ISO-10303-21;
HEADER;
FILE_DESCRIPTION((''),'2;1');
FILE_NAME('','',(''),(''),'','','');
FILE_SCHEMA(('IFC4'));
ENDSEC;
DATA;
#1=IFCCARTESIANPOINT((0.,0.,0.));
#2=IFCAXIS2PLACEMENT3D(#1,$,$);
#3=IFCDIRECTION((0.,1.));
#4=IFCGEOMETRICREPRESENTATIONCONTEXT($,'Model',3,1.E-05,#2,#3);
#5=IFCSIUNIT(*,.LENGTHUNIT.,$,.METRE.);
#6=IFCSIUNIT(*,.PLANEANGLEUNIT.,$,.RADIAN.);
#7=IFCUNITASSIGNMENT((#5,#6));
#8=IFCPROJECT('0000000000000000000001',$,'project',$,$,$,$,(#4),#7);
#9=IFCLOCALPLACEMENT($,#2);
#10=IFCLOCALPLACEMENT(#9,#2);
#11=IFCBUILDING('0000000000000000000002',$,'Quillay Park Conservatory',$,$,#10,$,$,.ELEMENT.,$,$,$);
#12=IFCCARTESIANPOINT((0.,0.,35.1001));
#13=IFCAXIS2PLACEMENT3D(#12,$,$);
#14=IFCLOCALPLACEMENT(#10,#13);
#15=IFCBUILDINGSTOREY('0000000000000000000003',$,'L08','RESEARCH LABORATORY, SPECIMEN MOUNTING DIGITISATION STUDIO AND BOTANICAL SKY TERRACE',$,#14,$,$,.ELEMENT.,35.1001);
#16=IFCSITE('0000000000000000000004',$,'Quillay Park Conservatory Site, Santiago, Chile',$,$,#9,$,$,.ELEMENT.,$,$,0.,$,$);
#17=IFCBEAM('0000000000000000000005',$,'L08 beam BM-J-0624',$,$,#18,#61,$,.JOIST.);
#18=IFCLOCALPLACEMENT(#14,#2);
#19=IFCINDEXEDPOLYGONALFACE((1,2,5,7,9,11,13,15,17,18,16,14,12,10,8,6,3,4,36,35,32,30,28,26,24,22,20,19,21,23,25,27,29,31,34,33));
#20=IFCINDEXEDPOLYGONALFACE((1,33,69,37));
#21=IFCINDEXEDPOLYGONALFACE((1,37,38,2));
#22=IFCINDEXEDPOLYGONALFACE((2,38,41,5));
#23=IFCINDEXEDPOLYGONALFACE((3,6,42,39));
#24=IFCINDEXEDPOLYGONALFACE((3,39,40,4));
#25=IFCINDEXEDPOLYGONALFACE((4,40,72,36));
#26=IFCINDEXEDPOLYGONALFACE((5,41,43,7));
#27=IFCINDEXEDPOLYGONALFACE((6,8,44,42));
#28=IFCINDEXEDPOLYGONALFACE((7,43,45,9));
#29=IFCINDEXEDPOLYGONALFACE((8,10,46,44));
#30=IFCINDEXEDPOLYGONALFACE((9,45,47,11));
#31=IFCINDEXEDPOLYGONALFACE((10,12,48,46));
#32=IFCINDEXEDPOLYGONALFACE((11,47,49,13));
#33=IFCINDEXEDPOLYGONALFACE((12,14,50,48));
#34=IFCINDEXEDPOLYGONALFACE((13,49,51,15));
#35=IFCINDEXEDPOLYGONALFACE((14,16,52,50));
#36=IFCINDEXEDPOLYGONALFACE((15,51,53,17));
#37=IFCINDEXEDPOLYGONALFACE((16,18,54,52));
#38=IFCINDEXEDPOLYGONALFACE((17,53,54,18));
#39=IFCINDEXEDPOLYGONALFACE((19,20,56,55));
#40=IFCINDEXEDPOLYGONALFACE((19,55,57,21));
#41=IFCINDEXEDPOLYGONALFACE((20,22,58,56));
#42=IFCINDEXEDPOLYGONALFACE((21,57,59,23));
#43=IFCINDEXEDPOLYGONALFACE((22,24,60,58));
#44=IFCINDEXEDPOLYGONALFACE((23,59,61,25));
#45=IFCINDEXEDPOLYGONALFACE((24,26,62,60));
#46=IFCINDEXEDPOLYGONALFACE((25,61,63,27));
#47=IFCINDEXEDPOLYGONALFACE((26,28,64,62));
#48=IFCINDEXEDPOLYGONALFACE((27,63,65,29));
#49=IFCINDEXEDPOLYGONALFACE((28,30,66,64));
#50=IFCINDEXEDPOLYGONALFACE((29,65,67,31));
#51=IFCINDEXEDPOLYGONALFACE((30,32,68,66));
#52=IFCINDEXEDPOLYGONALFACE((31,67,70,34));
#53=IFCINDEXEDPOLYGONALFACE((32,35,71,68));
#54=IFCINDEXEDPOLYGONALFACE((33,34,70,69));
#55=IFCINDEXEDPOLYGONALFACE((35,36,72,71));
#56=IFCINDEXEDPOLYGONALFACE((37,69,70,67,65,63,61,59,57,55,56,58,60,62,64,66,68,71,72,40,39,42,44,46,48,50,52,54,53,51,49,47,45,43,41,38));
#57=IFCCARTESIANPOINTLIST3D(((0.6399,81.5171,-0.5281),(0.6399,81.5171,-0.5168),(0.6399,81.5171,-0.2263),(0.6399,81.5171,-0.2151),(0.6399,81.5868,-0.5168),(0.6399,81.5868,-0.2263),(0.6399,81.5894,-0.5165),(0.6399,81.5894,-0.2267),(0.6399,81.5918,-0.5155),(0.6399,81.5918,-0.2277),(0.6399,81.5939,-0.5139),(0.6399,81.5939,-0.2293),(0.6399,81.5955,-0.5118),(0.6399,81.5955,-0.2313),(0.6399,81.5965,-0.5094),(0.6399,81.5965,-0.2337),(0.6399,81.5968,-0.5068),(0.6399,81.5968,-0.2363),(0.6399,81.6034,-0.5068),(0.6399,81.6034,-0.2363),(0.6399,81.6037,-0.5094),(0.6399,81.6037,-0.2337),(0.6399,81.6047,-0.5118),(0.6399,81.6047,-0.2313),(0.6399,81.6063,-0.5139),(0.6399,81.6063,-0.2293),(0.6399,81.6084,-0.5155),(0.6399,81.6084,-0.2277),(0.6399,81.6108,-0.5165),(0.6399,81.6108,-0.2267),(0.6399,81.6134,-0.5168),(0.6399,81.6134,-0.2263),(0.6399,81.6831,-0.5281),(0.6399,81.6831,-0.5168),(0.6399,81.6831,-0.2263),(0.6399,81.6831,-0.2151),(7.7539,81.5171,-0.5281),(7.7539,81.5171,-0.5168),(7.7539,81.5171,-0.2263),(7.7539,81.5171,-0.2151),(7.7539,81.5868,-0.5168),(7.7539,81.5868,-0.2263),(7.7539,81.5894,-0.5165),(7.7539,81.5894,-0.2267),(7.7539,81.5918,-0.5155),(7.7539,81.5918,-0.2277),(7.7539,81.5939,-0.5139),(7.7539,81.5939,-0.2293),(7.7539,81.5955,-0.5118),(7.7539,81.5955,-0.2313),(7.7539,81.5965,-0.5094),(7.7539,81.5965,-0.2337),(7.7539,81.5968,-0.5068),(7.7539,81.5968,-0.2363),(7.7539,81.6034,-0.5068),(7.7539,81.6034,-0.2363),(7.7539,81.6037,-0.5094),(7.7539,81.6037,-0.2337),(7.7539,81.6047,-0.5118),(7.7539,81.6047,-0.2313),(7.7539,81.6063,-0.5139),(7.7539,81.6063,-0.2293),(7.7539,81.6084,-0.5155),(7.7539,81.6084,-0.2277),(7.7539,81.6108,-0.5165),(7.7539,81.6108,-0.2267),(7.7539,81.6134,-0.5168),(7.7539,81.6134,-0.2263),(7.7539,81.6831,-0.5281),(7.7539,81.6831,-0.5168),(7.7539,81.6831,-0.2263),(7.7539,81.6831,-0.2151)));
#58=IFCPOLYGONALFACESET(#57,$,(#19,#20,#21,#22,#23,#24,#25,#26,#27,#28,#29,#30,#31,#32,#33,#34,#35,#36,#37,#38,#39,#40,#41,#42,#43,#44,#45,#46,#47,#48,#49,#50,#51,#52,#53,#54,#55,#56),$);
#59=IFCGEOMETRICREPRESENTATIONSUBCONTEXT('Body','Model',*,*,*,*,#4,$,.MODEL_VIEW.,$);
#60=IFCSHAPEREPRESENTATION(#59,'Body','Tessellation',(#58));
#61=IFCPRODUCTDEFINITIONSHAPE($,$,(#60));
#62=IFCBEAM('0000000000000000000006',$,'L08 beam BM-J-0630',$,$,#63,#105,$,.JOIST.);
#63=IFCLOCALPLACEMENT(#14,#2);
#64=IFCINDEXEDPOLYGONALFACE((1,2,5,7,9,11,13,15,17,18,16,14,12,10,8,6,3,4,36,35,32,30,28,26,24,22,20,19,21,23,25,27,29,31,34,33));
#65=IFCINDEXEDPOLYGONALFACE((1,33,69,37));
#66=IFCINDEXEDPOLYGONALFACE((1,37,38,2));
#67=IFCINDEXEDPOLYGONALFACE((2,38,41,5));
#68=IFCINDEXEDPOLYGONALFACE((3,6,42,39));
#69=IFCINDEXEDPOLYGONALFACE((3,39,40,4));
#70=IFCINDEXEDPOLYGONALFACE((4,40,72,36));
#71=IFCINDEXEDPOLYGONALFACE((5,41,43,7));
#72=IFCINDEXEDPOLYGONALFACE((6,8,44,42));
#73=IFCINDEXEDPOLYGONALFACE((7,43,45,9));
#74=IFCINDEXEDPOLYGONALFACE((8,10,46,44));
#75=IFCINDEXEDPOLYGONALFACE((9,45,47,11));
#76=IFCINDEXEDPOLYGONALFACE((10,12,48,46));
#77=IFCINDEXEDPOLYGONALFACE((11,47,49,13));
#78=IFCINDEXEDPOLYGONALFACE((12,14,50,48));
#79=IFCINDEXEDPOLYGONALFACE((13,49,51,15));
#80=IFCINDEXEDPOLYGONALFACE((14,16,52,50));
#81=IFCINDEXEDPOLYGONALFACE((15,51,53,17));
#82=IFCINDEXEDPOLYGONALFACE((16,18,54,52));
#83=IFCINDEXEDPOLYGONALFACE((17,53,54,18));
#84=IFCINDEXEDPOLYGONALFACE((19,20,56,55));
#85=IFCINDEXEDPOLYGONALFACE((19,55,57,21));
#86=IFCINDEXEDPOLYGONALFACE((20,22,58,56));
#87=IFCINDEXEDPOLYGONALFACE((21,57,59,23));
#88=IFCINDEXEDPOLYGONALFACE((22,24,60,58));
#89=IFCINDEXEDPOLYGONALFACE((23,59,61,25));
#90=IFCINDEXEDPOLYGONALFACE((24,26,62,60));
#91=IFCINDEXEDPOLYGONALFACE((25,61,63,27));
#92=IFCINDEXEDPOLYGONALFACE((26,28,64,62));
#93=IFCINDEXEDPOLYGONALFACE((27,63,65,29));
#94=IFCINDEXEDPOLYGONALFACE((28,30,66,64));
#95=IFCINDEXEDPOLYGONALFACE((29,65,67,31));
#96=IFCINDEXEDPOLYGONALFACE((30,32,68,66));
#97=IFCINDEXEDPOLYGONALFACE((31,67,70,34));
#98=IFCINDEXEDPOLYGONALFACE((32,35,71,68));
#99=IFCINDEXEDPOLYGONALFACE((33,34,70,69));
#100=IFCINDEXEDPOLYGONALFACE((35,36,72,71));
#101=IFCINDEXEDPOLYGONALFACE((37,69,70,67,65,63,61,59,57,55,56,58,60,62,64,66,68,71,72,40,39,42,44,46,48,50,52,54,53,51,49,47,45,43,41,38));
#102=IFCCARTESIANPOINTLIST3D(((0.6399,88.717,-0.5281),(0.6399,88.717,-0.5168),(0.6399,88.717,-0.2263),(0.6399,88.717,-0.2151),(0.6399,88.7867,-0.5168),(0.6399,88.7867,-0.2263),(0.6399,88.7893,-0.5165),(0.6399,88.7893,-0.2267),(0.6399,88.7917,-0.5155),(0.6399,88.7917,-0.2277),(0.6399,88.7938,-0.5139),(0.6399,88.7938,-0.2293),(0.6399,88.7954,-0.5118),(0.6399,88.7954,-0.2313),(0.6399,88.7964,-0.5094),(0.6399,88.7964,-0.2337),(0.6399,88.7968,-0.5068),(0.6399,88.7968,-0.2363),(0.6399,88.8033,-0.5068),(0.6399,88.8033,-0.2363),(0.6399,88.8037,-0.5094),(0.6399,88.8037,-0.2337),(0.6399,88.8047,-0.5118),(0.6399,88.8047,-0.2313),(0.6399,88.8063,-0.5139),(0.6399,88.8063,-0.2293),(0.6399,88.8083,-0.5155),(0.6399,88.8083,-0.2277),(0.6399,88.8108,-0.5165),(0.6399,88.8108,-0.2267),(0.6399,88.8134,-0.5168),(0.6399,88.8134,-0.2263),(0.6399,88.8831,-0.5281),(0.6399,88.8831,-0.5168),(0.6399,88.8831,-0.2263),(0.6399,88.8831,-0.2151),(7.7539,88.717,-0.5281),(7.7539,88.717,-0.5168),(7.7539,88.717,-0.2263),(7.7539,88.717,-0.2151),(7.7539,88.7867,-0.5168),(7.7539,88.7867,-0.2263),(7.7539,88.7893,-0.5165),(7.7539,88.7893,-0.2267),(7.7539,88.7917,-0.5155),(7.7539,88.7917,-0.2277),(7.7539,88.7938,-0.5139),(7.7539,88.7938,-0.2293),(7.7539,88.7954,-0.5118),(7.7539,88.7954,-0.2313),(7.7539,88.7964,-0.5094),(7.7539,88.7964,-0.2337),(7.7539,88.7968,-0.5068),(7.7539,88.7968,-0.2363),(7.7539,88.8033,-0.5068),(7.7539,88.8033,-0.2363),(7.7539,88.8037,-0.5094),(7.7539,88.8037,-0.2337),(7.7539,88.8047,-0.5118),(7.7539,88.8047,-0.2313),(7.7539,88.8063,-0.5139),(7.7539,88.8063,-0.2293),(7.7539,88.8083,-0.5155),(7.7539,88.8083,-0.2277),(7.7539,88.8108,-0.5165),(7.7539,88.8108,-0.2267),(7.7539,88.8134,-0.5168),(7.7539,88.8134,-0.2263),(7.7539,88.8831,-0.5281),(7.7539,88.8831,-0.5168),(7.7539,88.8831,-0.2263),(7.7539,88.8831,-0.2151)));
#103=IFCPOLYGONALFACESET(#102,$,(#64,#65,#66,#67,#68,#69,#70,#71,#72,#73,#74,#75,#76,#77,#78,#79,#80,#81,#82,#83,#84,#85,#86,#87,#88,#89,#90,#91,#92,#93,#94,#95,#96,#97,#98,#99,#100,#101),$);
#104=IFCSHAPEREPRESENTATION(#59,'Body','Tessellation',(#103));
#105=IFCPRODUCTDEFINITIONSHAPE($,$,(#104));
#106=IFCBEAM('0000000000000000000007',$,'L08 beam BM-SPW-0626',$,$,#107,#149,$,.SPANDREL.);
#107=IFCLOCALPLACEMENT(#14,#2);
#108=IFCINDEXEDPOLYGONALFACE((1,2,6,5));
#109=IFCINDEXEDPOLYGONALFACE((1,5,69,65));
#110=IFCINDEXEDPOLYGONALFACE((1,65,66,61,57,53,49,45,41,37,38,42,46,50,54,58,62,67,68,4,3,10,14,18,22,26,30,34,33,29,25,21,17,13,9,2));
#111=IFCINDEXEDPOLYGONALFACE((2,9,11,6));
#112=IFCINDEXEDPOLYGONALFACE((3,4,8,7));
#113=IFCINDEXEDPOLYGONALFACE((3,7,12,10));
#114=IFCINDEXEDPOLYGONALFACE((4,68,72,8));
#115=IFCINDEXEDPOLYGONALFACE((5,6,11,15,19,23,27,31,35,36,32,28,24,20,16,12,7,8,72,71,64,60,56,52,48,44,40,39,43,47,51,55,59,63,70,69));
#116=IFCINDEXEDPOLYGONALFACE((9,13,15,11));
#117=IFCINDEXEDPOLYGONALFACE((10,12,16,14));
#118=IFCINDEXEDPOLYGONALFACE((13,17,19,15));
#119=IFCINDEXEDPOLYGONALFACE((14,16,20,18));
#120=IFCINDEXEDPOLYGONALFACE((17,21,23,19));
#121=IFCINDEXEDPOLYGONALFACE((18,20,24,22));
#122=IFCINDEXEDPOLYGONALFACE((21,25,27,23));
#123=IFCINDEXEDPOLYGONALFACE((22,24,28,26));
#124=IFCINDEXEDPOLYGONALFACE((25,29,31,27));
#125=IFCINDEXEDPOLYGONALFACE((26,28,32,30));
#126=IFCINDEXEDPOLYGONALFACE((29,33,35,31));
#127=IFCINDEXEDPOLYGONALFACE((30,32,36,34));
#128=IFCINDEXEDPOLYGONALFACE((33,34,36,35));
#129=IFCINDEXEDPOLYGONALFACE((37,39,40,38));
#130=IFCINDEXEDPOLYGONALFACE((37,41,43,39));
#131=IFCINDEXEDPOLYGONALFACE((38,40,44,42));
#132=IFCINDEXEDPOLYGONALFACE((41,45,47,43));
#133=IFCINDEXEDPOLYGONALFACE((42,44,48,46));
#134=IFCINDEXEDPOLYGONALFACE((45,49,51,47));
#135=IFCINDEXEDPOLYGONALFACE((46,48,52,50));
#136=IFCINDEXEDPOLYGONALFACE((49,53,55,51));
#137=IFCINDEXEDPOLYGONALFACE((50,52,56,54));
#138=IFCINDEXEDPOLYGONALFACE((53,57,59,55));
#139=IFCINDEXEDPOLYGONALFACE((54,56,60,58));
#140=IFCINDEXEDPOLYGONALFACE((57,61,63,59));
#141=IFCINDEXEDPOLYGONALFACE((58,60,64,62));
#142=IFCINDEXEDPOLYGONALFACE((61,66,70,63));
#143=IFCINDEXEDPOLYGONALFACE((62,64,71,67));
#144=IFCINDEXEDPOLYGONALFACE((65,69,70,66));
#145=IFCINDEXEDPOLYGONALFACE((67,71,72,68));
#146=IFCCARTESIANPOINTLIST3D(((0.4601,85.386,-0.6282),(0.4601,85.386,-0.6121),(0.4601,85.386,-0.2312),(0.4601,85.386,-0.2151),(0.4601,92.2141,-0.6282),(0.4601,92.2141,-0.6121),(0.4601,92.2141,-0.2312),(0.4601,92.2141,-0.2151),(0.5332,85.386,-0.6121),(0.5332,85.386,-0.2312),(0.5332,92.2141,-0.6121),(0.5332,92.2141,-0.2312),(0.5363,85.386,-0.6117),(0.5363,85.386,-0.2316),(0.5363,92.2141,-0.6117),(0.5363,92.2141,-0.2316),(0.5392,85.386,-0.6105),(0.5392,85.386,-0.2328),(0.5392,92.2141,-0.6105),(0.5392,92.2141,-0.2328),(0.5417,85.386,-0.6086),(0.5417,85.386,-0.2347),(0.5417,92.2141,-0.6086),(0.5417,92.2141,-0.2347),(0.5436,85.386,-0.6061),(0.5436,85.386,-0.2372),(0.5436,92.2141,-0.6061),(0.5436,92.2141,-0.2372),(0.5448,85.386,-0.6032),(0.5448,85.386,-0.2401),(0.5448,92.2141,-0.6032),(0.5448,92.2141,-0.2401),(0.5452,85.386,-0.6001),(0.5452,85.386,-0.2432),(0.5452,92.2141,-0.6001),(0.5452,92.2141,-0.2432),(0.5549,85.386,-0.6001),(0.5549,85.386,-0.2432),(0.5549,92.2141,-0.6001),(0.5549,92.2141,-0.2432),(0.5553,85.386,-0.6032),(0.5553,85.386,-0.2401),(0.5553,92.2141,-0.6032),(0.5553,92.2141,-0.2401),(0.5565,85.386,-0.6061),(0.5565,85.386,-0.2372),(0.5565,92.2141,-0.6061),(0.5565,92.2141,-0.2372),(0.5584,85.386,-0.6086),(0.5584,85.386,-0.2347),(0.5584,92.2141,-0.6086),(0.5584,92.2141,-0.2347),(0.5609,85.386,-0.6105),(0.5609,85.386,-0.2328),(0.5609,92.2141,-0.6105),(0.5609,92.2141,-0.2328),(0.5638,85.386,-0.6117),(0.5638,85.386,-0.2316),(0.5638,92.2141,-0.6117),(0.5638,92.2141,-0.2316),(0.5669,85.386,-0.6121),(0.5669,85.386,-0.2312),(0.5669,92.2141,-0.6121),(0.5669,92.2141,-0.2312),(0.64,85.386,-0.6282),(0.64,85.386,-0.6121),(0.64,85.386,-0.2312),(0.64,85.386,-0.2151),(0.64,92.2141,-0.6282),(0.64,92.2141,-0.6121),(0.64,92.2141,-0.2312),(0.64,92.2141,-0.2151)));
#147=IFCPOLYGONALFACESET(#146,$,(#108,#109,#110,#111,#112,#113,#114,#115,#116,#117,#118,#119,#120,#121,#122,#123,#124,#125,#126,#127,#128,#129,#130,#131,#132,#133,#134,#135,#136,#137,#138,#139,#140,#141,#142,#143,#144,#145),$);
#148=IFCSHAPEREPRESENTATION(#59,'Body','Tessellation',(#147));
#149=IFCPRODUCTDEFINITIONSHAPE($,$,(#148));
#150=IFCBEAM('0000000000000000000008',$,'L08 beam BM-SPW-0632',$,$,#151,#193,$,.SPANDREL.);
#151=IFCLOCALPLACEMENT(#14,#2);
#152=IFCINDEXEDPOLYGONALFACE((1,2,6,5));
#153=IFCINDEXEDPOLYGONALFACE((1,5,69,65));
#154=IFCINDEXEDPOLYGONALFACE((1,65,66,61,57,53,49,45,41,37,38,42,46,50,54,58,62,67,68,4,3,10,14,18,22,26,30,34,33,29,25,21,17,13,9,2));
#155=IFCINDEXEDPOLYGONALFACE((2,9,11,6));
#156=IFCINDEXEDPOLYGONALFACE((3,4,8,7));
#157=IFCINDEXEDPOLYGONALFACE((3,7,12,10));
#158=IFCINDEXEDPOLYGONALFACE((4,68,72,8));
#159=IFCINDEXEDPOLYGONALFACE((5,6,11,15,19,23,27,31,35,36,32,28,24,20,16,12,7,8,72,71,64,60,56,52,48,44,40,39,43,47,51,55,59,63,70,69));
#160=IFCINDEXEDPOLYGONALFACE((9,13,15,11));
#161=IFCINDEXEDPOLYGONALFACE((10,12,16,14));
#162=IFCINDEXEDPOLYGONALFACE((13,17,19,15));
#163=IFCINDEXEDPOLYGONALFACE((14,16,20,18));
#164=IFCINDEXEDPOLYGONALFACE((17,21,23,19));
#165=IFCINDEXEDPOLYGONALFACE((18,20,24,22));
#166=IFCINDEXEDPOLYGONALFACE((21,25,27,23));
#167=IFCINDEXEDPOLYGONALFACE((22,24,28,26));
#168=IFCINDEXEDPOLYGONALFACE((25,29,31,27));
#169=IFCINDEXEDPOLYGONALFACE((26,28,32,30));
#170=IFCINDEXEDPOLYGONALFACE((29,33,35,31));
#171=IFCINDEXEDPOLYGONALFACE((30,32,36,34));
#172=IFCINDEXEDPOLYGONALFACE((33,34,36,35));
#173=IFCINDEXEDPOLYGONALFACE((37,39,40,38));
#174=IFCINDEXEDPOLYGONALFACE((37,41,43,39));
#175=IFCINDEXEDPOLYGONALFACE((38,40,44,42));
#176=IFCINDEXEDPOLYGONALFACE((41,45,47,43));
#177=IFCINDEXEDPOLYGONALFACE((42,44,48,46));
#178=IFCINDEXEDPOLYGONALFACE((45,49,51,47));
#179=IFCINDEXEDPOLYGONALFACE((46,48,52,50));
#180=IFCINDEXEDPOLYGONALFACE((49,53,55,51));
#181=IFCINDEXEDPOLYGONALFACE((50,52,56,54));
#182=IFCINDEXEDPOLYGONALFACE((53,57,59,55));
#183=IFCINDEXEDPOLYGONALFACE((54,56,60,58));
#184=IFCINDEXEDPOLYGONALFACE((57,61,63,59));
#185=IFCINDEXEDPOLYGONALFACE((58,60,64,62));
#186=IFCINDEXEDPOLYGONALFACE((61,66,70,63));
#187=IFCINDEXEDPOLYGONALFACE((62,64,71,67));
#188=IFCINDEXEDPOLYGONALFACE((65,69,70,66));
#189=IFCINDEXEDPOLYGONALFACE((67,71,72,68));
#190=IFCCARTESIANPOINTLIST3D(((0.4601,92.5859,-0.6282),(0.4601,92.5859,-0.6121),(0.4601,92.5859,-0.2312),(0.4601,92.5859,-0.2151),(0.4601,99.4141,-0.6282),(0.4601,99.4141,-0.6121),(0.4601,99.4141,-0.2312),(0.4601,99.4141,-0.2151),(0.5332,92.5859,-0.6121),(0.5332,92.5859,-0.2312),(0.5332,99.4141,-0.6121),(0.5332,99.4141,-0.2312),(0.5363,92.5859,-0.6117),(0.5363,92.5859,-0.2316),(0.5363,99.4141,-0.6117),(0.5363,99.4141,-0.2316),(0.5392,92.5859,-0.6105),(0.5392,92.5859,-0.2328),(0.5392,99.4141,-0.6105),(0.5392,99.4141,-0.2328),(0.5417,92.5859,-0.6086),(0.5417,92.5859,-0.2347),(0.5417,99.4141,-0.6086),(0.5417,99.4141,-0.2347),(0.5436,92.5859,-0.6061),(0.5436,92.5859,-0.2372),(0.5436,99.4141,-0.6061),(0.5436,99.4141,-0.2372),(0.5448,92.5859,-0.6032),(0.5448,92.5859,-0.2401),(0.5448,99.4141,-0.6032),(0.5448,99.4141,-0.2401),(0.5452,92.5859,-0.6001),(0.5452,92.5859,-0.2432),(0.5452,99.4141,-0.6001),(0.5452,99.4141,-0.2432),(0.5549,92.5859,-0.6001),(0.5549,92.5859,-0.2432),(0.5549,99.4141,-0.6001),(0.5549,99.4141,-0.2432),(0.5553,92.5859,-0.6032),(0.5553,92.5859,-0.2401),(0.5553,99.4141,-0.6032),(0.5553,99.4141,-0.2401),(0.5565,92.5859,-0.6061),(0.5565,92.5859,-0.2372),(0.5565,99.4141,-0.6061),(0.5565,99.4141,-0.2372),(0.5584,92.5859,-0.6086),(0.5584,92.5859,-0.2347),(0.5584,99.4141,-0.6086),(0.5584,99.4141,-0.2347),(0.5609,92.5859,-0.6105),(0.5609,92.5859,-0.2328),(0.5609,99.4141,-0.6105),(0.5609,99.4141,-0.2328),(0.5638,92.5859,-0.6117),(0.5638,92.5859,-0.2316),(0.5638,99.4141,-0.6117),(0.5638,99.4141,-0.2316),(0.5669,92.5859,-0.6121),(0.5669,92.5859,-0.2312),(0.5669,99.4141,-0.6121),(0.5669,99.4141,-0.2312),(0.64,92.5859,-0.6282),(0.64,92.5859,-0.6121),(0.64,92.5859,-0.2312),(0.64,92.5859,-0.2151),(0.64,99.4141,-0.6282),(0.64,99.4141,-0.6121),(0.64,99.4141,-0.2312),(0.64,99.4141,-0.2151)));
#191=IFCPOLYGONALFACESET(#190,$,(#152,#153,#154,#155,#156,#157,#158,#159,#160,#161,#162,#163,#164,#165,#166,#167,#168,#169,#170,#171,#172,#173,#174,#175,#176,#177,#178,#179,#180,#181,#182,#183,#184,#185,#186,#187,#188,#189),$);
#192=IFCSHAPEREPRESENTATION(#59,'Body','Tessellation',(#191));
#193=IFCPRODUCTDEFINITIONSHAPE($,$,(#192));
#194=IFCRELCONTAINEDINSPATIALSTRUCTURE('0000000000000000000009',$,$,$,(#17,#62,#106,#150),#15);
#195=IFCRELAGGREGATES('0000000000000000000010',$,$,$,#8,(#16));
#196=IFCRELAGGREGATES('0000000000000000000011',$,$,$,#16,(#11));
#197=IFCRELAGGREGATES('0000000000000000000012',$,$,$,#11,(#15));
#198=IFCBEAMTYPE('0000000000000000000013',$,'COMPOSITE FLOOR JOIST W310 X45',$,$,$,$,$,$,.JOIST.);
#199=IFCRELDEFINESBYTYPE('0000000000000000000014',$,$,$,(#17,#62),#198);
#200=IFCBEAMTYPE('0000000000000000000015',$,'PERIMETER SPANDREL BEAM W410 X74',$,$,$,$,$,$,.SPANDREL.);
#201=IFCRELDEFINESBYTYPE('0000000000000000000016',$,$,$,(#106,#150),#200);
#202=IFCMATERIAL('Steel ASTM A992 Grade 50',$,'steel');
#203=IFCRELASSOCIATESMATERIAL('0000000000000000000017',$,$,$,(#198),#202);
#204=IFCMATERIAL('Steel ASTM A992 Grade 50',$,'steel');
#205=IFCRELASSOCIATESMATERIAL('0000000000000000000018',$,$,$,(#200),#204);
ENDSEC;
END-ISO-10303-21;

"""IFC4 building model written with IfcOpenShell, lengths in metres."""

from ifc_helpers import new_model, si_unit, direction, frame, origin, origin_2d, place, context, subcontext, project, spatial, i_section, extrude, material, material_profile, profile_set, type_object, element, save


model = new_model("IFC4")

# Units and contexts
model_context = context("Model", 3, precision=1e-05, world=origin(), true_north=direction((0.0, 1.0)))
body_context = subcontext(model_context, "Body", "Model", "MODEL_VIEW")
ifc_project = project(units=[si_unit("LENGTHUNIT", "METRE"), si_unit("PLANEANGLEUNIT", "RADIAN")], contexts=[model_context])

# Site, building, storey
site_placement = place(None, origin())
site = spatial("IfcSite", under=ifc_project, at=site_placement, Name="Quillay Park Conservatory Site, Santiago, Chile", CompositionType="ELEMENT", RefElevation=0.0)
building_placement = place(site_placement, origin())
building = spatial("IfcBuilding", under=site, at=building_placement, Name="Quillay Park Conservatory", CompositionType="ELEMENT")
storey_placement = place(building_placement, frame((0.0, 0.0, 35.1001)))
storey = spatial("IfcBuildingStorey", under=building, at=storey_placement, Name="L08", Description="RESEARCH LABORATORY, SPECIMEN MOUNTING DIGITISATION STUDIO AND BOTANICAL SKY TERRACE", CompositionType="ELEMENT", Elevation=35.1001)

# Beams
ifc_material_1 = material(Name="Steel ASTM A992 Grade 50", Category="steel")
ifc_material_profile_1 = material_profile(ifc_material_1, i_section(OverallWidth=0.166, OverallDepth=0.313, WebThickness=0.0066, FlangeThickness=0.0112, FilletRadius=0.01, at=origin_2d()), Name="W310x45")
ifc_profile_set_1 = profile_set([ifc_material_profile_1], Name="Steel ASTM A992 Grade 50")
beam_type_1 = type_object("IfcBeamType", Name="COMPOSITE FLOOR JOIST W310 X45", PredefinedType="JOIST", material=ifc_profile_set_1)
for number, where, z_axis, x_axis, name in (
    (1, (0.6399, 81.6001, -0.3716), (1.0, 0.0, 0.0), (0.0, 1.0, 0.0), "L08 beam BM-J-0624"),
    (2, (0.6399, 88.8, -0.3716), (1.0, 0.0, 0.0), (0.0, 1.0, 0.0), "L08 beam BM-J-0630"),
):
    element("IfcBeam", number, at=place(storey_placement, frame(where, z_axis=z_axis, x_axis=x_axis)), inside=storey, type_object=beam_type_1, Name=name, PredefinedType="JOIST", context=body_context, shape_type="SweptSolid", body=[
        extrude(i_section(OverallWidth=0.166, OverallDepth=0.313, WebThickness=0.0066, FlangeThickness=0.0112, FilletRadius=0.01, at=origin_2d()), origin(), (0.0, 0.0, 1.0), 7.114),
    ])
ifc_material_2 = material(Name="Steel ASTM A992 Grade 50", Category="steel")
ifc_material_profile_2 = material_profile(ifc_material_2, i_section(OverallWidth=0.1799, OverallDepth=0.4131, WebThickness=0.0098, FlangeThickness=0.0161, FilletRadius=0.012, at=origin_2d()), Name="W410x74")
ifc_profile_set_2 = profile_set([ifc_material_profile_2], Name="Steel ASTM A992 Grade 50")
beam_type_2 = type_object("IfcBeamType", Name="PERIMETER SPANDREL BEAM W410 X74", PredefinedType="SPANDREL", material=ifc_profile_set_2)
for number, where, z_axis, x_axis, name in (
    (3, (0.55, 85.386, -0.4216), (0.0, 1.0, 0.0), (-1.0, 0.0, 0.0), "L08 beam BM-SPW-0626"),
    (4, (0.55, 92.5859, -0.4216), (0.0, 1.0, 0.0), (-1.0, 0.0, 0.0), "L08 beam BM-SPW-0632"),
):
    element("IfcBeam", number, at=place(storey_placement, frame(where, z_axis=z_axis, x_axis=x_axis)), inside=storey, type_object=beam_type_2, Name=name, PredefinedType="SPANDREL", context=body_context, shape_type="SweptSolid", body=[
        extrude(i_section(OverallWidth=0.1799, OverallDepth=0.4131, WebThickness=0.0098, FlangeThickness=0.0161, FilletRadius=0.012, at=origin_2d()), origin(), (0.0, 0.0, 1.0), 6.8281),
    ])

save(model, "model.ifc")
